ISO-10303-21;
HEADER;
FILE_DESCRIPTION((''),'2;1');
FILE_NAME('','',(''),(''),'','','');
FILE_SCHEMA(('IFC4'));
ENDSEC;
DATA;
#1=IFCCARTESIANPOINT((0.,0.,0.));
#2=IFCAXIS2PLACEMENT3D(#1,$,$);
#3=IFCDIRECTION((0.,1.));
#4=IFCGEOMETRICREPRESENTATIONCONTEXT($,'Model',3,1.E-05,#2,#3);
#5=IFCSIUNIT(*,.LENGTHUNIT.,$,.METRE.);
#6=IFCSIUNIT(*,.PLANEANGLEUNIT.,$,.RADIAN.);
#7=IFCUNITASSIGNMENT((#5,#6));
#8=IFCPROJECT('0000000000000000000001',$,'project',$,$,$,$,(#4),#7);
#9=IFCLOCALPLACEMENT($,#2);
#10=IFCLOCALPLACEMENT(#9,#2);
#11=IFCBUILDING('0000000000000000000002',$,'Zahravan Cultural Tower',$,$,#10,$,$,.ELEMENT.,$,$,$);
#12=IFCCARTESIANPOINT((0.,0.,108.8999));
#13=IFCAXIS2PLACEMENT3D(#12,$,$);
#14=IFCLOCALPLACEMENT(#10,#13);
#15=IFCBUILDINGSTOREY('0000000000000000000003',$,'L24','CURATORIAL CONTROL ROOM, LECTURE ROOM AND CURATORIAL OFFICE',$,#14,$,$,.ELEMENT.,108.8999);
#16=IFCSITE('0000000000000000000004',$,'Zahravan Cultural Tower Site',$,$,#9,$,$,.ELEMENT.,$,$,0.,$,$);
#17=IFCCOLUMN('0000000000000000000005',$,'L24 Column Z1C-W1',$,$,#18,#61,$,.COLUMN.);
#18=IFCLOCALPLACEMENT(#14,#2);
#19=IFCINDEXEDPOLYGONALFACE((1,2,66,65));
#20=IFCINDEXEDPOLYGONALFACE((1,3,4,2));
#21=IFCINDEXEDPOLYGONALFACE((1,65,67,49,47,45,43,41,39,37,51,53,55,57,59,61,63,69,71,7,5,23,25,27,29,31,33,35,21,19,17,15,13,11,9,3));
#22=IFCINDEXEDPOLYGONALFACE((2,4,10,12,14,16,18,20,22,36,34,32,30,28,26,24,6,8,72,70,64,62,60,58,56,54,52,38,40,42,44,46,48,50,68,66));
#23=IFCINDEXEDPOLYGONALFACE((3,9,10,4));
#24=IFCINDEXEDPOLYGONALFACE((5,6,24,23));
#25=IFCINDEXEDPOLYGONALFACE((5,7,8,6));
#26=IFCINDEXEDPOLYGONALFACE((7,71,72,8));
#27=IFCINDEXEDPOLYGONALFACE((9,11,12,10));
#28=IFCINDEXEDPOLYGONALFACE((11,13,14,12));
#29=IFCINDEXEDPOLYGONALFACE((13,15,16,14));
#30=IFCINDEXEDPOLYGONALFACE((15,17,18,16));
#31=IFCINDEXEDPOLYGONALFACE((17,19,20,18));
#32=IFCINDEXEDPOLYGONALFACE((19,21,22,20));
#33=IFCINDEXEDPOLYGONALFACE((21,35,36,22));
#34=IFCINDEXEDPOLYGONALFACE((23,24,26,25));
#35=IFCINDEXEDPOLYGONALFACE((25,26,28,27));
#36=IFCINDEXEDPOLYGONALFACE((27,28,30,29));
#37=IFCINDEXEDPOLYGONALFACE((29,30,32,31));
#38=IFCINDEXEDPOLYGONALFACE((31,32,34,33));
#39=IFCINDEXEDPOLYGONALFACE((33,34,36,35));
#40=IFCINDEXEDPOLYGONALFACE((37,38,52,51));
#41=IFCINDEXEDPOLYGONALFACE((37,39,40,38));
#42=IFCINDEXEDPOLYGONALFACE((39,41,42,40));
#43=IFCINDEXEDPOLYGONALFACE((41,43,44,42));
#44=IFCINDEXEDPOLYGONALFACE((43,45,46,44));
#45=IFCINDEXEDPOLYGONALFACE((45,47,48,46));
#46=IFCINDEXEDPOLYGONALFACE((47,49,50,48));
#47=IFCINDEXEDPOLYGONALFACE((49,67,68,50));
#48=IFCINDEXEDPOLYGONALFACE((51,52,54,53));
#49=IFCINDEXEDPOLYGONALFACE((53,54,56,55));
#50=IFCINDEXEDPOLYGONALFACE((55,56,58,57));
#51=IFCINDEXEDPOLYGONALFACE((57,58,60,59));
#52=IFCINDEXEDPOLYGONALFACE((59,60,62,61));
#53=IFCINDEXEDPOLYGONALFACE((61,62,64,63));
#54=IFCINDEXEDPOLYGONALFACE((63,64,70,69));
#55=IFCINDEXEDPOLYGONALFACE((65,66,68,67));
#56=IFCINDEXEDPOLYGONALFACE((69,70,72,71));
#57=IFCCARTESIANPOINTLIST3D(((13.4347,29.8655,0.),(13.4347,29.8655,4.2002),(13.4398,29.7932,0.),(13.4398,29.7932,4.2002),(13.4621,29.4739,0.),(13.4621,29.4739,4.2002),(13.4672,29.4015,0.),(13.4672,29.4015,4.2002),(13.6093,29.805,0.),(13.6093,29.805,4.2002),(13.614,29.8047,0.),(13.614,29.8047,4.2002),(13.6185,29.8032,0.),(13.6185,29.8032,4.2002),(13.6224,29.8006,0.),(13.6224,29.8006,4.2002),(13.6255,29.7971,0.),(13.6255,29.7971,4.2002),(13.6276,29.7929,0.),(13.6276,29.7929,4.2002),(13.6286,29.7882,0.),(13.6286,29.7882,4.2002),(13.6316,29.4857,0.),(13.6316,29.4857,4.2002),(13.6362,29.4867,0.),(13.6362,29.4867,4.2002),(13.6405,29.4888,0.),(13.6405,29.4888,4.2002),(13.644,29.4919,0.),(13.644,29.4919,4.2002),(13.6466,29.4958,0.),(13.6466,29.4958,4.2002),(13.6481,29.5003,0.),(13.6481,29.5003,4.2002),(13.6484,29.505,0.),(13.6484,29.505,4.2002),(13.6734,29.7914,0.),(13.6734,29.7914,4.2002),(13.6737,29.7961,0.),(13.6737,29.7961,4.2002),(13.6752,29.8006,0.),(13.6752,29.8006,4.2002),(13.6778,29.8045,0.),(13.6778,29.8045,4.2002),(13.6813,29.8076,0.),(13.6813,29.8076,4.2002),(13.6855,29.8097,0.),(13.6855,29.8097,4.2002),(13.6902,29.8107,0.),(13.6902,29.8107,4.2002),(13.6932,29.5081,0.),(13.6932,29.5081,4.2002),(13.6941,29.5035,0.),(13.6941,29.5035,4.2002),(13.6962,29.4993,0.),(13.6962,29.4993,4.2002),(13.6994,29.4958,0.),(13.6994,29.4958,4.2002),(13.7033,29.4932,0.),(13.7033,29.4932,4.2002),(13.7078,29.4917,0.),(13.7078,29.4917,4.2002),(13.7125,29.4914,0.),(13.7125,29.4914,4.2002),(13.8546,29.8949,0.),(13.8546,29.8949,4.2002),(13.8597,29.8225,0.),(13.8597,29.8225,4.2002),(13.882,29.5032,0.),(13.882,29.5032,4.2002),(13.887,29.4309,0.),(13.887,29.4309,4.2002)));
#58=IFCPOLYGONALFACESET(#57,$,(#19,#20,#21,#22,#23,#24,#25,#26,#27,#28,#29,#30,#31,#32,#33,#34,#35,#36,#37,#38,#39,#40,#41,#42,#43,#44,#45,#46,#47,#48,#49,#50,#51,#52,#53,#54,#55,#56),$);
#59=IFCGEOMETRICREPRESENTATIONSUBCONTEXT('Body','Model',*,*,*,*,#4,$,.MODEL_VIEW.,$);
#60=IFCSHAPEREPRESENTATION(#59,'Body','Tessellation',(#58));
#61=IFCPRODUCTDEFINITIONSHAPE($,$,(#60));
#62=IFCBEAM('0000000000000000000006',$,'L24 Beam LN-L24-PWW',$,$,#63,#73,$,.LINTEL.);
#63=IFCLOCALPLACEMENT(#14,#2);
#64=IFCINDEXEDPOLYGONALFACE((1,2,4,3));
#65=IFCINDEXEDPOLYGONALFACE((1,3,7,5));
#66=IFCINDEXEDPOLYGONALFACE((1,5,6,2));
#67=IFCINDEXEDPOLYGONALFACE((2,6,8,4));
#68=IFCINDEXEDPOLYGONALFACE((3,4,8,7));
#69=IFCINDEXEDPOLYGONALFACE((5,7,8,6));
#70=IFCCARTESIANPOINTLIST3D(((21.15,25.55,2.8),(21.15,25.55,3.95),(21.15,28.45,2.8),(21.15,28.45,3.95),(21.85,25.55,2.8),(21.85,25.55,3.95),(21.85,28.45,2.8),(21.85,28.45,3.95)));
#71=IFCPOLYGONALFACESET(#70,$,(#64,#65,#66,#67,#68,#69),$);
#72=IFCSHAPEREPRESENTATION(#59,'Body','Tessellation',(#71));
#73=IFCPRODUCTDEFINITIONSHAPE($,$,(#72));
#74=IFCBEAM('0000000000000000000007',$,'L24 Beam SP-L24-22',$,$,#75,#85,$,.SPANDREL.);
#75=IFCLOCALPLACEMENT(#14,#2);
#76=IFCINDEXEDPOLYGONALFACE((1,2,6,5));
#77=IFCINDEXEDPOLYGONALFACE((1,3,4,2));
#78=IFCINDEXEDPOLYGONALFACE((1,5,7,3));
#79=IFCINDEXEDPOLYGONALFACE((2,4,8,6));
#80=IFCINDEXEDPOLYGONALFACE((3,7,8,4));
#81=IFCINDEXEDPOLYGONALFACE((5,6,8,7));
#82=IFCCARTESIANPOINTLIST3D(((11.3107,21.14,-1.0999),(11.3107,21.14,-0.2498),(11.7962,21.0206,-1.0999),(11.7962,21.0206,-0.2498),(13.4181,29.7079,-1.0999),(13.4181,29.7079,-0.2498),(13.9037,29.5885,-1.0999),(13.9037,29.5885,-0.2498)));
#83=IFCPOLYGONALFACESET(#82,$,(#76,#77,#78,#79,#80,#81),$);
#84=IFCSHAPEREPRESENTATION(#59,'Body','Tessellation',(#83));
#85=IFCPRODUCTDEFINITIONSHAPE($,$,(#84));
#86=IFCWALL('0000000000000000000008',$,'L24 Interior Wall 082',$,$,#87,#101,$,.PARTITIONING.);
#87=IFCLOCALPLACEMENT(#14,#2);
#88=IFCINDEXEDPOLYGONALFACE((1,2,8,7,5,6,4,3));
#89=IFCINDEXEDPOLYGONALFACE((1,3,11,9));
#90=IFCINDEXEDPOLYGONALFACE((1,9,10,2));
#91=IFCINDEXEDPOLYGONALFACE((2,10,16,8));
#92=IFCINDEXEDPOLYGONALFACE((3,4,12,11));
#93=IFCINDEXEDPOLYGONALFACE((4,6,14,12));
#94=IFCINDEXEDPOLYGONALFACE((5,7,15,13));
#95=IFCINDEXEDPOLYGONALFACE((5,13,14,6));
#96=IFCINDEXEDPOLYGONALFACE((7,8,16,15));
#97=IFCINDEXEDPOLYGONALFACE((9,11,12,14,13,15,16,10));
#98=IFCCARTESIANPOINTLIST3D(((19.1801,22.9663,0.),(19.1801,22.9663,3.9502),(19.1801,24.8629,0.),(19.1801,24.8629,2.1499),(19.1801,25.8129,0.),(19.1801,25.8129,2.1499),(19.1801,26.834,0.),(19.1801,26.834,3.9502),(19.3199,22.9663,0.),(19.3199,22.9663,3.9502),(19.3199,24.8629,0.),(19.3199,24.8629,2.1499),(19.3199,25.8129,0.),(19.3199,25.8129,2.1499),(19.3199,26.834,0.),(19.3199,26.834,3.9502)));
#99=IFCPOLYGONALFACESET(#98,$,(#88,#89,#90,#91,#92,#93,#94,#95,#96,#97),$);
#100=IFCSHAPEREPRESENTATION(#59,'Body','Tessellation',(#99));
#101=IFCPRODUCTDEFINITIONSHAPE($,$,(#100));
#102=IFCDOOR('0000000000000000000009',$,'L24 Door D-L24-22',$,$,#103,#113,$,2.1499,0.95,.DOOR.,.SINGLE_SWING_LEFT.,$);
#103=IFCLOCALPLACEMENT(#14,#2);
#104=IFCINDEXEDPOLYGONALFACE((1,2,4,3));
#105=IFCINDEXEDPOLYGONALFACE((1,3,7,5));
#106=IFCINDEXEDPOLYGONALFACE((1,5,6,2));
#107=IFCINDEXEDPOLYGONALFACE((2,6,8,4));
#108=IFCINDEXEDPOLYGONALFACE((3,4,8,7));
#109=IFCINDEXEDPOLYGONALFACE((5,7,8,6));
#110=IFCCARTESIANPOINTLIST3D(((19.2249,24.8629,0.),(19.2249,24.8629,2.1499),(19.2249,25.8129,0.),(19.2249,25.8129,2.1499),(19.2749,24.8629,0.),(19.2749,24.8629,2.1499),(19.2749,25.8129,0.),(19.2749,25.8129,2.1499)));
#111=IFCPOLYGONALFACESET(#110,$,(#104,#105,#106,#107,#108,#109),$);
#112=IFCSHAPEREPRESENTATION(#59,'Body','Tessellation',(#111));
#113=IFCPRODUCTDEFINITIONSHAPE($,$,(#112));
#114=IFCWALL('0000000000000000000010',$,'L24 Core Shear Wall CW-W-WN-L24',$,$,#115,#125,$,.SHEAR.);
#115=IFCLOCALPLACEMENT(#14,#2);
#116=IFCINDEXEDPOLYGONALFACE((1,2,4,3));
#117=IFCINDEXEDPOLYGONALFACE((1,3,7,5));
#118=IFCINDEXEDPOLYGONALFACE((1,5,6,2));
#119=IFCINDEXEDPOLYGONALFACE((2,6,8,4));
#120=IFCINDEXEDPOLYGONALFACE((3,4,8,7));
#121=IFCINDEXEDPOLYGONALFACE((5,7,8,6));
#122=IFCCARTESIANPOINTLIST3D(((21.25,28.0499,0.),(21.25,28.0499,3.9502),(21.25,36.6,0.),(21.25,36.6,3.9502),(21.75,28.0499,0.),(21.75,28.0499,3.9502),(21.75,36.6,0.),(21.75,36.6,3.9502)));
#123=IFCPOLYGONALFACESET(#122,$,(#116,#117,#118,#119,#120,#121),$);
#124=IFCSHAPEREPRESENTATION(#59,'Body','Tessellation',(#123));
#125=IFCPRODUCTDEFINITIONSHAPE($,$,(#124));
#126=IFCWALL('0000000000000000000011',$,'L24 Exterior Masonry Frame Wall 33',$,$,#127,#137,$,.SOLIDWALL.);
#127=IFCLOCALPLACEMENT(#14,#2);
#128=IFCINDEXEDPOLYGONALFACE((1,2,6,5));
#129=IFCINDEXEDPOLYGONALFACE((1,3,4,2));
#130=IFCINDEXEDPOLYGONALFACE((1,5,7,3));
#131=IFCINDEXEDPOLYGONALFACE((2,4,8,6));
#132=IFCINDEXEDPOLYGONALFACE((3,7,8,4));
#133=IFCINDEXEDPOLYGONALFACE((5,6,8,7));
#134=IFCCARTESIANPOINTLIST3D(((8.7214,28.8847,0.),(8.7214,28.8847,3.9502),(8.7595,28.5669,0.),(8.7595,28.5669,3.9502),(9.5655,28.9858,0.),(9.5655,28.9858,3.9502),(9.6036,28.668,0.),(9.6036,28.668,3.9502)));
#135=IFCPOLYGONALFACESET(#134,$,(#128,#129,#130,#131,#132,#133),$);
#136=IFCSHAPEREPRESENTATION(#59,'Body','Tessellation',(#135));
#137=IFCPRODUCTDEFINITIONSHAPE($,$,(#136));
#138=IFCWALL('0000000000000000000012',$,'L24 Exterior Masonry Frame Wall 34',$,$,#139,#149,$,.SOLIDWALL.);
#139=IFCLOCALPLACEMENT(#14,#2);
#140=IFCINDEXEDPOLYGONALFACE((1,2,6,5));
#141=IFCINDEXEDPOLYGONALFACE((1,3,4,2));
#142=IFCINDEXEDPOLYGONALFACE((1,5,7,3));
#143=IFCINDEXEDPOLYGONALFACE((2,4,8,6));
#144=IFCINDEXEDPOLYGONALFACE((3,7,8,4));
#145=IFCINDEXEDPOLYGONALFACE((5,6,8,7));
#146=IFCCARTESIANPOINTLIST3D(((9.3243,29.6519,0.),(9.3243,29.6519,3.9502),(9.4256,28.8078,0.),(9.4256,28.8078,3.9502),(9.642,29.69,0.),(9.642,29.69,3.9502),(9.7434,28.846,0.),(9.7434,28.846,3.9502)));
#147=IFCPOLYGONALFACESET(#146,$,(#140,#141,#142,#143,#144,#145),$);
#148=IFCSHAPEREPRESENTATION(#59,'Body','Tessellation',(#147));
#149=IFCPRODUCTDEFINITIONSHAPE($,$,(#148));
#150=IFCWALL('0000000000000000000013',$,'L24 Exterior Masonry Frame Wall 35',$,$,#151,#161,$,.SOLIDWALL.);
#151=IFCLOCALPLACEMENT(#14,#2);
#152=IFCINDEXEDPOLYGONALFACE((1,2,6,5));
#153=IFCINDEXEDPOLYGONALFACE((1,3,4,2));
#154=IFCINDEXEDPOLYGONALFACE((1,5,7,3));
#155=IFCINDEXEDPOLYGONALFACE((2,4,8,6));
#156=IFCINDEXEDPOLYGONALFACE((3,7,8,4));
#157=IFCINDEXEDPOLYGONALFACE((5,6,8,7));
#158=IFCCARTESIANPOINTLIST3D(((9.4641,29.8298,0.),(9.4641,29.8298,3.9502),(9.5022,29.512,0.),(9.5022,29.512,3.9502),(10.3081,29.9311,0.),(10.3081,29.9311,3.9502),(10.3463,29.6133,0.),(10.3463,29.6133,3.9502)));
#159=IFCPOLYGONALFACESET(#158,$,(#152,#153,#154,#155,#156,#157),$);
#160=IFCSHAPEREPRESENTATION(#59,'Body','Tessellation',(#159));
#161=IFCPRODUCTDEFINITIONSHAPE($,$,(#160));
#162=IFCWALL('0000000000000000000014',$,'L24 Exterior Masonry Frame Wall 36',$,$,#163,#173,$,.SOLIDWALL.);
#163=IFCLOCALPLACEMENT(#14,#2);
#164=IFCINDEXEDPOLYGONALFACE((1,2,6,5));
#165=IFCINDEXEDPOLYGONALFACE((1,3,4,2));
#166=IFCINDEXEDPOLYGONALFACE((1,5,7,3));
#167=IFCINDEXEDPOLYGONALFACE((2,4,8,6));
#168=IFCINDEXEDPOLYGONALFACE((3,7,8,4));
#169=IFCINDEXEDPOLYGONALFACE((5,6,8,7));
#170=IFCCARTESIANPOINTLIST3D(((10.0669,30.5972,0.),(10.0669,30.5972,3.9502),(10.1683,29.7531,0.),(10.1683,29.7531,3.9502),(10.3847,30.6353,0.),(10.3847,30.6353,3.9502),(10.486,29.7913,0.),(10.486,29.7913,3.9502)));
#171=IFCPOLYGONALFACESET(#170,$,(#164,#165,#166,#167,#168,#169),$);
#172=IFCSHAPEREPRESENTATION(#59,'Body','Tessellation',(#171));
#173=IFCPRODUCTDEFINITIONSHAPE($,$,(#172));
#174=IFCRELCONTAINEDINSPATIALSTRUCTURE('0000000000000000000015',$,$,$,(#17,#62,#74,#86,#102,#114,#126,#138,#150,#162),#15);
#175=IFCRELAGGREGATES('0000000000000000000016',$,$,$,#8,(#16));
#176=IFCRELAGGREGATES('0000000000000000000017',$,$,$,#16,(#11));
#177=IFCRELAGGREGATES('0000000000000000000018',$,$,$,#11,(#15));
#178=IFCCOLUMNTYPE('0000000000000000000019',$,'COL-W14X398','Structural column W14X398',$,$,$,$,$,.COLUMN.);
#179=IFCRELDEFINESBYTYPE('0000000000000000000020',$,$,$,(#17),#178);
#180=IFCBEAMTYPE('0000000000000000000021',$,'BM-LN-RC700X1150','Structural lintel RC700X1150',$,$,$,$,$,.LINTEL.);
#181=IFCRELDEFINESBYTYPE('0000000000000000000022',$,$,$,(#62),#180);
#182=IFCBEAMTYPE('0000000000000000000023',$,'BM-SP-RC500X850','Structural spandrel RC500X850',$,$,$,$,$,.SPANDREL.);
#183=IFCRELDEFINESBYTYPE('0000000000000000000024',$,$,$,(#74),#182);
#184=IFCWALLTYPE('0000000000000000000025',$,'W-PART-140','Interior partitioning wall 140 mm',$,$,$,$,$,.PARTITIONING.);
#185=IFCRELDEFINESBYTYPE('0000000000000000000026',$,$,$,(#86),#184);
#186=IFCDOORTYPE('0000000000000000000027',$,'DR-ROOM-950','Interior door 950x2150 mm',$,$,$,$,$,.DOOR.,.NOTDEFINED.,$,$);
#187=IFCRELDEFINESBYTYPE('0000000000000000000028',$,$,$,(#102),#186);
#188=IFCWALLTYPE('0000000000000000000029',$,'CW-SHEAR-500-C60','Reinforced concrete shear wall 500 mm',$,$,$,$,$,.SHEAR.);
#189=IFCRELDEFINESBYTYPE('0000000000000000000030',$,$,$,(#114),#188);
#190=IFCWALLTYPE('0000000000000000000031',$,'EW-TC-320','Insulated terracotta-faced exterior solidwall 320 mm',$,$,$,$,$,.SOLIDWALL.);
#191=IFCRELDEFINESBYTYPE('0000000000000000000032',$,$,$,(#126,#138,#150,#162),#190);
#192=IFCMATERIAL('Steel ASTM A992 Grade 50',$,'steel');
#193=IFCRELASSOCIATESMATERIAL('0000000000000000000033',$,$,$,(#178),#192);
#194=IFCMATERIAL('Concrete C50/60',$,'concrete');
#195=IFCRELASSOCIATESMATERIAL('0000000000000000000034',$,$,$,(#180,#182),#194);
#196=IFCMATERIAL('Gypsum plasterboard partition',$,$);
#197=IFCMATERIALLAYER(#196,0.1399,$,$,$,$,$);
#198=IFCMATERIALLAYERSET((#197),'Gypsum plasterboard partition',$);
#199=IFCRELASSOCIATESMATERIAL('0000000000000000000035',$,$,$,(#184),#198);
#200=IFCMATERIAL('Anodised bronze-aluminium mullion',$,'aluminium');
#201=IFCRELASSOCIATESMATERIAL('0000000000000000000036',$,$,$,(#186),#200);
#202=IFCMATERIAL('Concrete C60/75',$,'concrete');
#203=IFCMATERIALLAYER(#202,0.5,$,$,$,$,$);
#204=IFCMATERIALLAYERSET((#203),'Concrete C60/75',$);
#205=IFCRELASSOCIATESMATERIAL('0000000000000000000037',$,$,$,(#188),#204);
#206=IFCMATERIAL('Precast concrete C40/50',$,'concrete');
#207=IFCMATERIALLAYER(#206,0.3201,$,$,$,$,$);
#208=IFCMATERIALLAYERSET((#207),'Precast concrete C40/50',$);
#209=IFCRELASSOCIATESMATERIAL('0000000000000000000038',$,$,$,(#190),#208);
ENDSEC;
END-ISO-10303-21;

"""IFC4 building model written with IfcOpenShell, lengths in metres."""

from ifc_helpers import new_model, si_unit, direction, frame, frame_2d, origin, origin_2d, place, context, subcontext, project, spatial, rectangle, i_section, extrude, source, transform, mapped, material, layer, layer_set, material_profile, profile_set, type_object, element, fill, save


model = new_model("IFC4")

# Units and contexts
model_context = context("Model", 3, precision=1e-05, world=origin(), true_north=direction((0.0, 1.0)))
body_context = subcontext(model_context, "Body", "Model", "MODEL_VIEW")
ifc_project = project(units=[si_unit("LENGTHUNIT", "METRE"), si_unit("PLANEANGLEUNIT", "RADIAN")], contexts=[model_context])

# Site, building, storey
site_placement = place(None, origin())
site = spatial("IfcSite", under=ifc_project, at=site_placement, Name="Zahravan Cultural Tower Site", CompositionType="ELEMENT", RefElevation=0.0)
building_placement = place(site_placement, origin())
building = spatial("IfcBuilding", under=site, at=building_placement, Name="Zahravan Cultural Tower", CompositionType="ELEMENT")
storey_placement = place(building_placement, frame((0.0, 0.0, 108.8999)))
storey = spatial("IfcBuildingStorey", under=building, at=storey_placement, Name="L24", Description="CURATORIAL CONTROL ROOM, LECTURE ROOM AND CURATORIAL OFFICE", CompositionType="ELEMENT", Elevation=108.8999)

# Column
ifc_material_1 = material(Name="Steel ASTM A992 Grade 50", Category="steel")
ifc_material_profile_1 = material_profile(ifc_material_1, i_section(OverallWidth=0.4209, OverallDepth=0.4651, WebThickness=0.0449, FlangeThickness=0.0725, FilletRadius=0.0181, at=origin_2d()), Name="W14X398")
ifc_profile_set_1 = profile_set([ifc_material_profile_1], Name="Steel ASTM A992 Grade 50")
column_type = type_object("IfcColumnType", Name="COL-W14X398", Description="Structural column W14X398", PredefinedType="COLUMN", material=ifc_profile_set_1)
shared_shape_1 = source(origin(), body_context, "Body", "SweptSolid", [
    extrude(i_section(OverallWidth=0.4209, OverallDepth=0.4651, WebThickness=0.0449, FlangeThickness=0.0725, FilletRadius=0.0181, at=origin_2d()), origin(), (0.0, 0.0, 1.0), 4.2002),
])
column_placement = place(storey_placement, frame((13.6609, 29.6482, 0.0), z_axis=(0.0, 0.0, 1.0), x_axis=(0.997564, 0.069756, 0.0)))
element("IfcColumn", 1, at=column_placement, inside=storey, type_object=column_type, Name="L24 Column Z1C-W1", PredefinedType="COLUMN", context=body_context, shape_type="MappedRepresentation", body=[
    mapped(shared_shape_1, transform((0.0, 0.0, 0.0), x_axis=(1.0, 0.0, 0.0), y_axis=(0.0, 1.0, 0.0), z_axis=(0.0, 0.0, 1.0), scale=1.0)),
])

# Beams
ifc_material_2 = material(Name="Concrete C50/60", Category="concrete")
ifc_material_profile_2 = material_profile(ifc_material_2, rectangle(XDim=0.7, YDim=1.1499, at=origin_2d()), Name="RC700X1150")
ifc_profile_set_2 = profile_set([ifc_material_profile_2], Name="Concrete C50/60")
beam_type_1 = type_object("IfcBeamType", Name="BM-LN-RC700X1150", Description="Structural lintel RC700X1150", PredefinedType="LINTEL", material=ifc_profile_set_2)
shared_shape_2 = source(origin(), body_context, "Body", "SweptSolid", [
    extrude(rectangle(XDim=0.7, YDim=1.1499, at=origin_2d()), origin(), (0.0, 0.0, 1.0), 2.8999),
])
beam_1_placement = place(storey_placement, frame((21.5, 25.55, 3.375), z_axis=(0.0, 1.0, 0.0), x_axis=(-1.0, 0.0, 0.0)))
element("IfcBeam", 2, at=beam_1_placement, inside=storey, type_object=beam_type_1, Name="L24 Beam LN-L24-PWW", PredefinedType="LINTEL", context=body_context, shape_type="MappedRepresentation", body=[
    mapped(shared_shape_2, transform((0.0, 0.0, 0.0), x_axis=(1.0, 0.0, 0.0), y_axis=(0.0, 1.0, 0.0), z_axis=(0.0, 0.0, 1.0), scale=1.0)),
])
ifc_material_profile_3 = material_profile(ifc_material_2, rectangle(XDim=0.5, YDim=0.8501, at=origin_2d()), Name="RC500X850")
ifc_profile_set_3 = profile_set([ifc_material_profile_3], Name="Concrete C50/60")
beam_type_2 = type_object("IfcBeamType", Name="BM-SP-RC500X850", Description="Structural spandrel RC500X850", PredefinedType="SPANDREL", material=ifc_profile_set_3)
shared_shape_3 = source(origin(), body_context, "Body", "SweptSolid", [
    extrude(rectangle(XDim=0.5, YDim=0.8501, at=origin_2d()), origin(), (0.0, 0.0, 1.0), 8.8232),
])
beam_2_placement = place(storey_placement, frame((13.6609, 29.6482, -0.6748), z_axis=(-0.238849, -0.971057, 0.0), x_axis=(0.971057, -0.238849, 0.0)))
element("IfcBeam", 3, at=beam_2_placement, inside=storey, type_object=beam_type_2, Name="L24 Beam SP-L24-22", PredefinedType="SPANDREL", context=body_context, shape_type="MappedRepresentation", body=[
    mapped(shared_shape_3, transform((0.0, 0.0, 0.0), x_axis=(1.0, 0.0, 0.0), y_axis=(0.0, 1.0, 0.0), z_axis=(0.0, 0.0, 1.0), scale=1.0)),
])

# Wall, opening, door
ifc_material_3 = material(Name="Gypsum plasterboard partition")
ifc_layer_1 = layer(ifc_material_3, 0.1399)
ifc_layer_set_1 = layer_set([ifc_layer_1], Name="Gypsum plasterboard partition")
wall_type_1 = type_object("IfcWallType", Name="W-PART-140", Description="Interior partitioning wall 140 mm", PredefinedType="PARTITIONING", material=ifc_layer_set_1)
wall_1_placement = place(storey_placement, frame((19.25, 26.834, 0.0), z_axis=(0.0, 0.0, 1.0), x_axis=(0.0, -1.0, 0.0)))
wall_1 = element("IfcWall", 4, at=wall_1_placement, inside=storey, type_object=wall_type_1, Name="L24 Interior Wall 082", PredefinedType="PARTITIONING", context=body_context, shape_type="SweptSolid", body=[
    extrude(rectangle(XDim=3.8677, YDim=0.1399, at=frame_2d((1.9338, 0.0))), origin(), (0.0, 0.0, 1.0), 3.9502),
])
opening_placement = place(wall_1_placement, frame((1.021, 0.0, 0.0)))
opening = element("IfcOpeningElement", 5, at=opening_placement, cuts=wall_1, PredefinedType="OPENING", context=body_context, shape_type="SweptSolid", body=[
    extrude(rectangle(XDim=0.95, YDim=2.1499, at=frame_2d((0.4751, 1.075))), frame((0.0, 0.0798, 0.0), z_axis=(0.0, -1.0, 0.0), x_axis=(1.0, 0.0, 0.0)), (0.0, 0.0, 1.0), 0.1599),
])
ifc_material_4 = material(Name="Anodised bronze-aluminium mullion", Category="aluminium")
door_type = type_object("IfcDoorType", Name="DR-ROOM-950", Description="Interior door 950x2150 mm", OperationType="NOTDEFINED", PredefinedType="DOOR", material=ifc_material_4)
shared_shape_4 = source(origin(), body_context, "Body", "SweptSolid", [
    extrude(rectangle(XDim=0.95, YDim=2.1499, at=frame_2d((0.4751, 1.075))), frame((0.0, 0.0249, 0.0), z_axis=(0.0, -1.0, 0.0), x_axis=(1.0, 0.0, 0.0)), (0.0, 0.0, 1.0), 0.05),
])
door_placement = place(opening_placement, origin())
door = element("IfcDoor", 6, at=door_placement, inside=storey, type_object=door_type, Name="L24 Door D-L24-22", OperationType="SINGLE_SWING_LEFT", OverallHeight=2.1499, OverallWidth=0.95, PredefinedType="DOOR", context=body_context, shape_type="MappedRepresentation", body=[
    mapped(shared_shape_4, transform((0.0, 0.0, 0.0), x_axis=(1.0, 0.0, 0.0), y_axis=(0.0, 1.0, 0.0), z_axis=(0.0, 0.0, 1.0), scale=1.0)),
])
fill(opening, door)

# Walls
ifc_material_5 = material(Name="Concrete C60/75", Category="concrete")
ifc_layer_2 = layer(ifc_material_5, 0.5)
ifc_layer_set_2 = layer_set([ifc_layer_2], Name="Concrete C60/75")
wall_type_2 = type_object("IfcWallType", Name="CW-SHEAR-500-C60", Description="Reinforced concrete shear wall 500 mm", PredefinedType="SHEAR", material=ifc_layer_set_2)
shared_shape_5 = source(origin(), body_context, "Body", "SweptSolid", [
    extrude(rectangle(XDim=8.55, YDim=0.5, at=frame_2d((4.2749, 0.0))), origin(), (0.0, 0.0, 1.0), 3.9502),
])
wall_2_placement = place(storey_placement, frame((21.5, 28.05, 0.0), z_axis=(0.0, 0.0, 1.0), x_axis=(0.0, 1.0, 0.0)))
element("IfcWall", 7, at=wall_2_placement, inside=storey, type_object=wall_type_2, Name="L24 Core Shear Wall CW-W-WN-L24", PredefinedType="SHEAR", context=body_context, shape_type="MappedRepresentation", body=[
    mapped(shared_shape_5, transform((0.0, 0.0, 0.0), x_axis=(1.0, 0.0, 0.0), y_axis=(0.0, 1.0, 0.0), z_axis=(0.0, 0.0, 1.0), scale=1.0)),
])
ifc_material_6 = material(Name="Precast concrete C40/50", Category="concrete")
ifc_layer_3 = layer(ifc_material_6, 0.3201)
ifc_layer_set_3 = layer_set([ifc_layer_3], Name="Precast concrete C40/50")
wall_type_3 = type_object("IfcWallType", Name="EW-TC-320", Description="Insulated terracotta-faced exterior solidwall 320 mm", PredefinedType="SOLIDWALL", material=ifc_layer_set_3)
shared_shape_6 = source(origin(), body_context, "Body", "SweptSolid", [
    extrude(rectangle(XDim=0.8501, YDim=0.3201, at=frame_2d((0.425, 0.0))), origin(), (0.0, 0.0, 1.0), 3.9502),
])
for number, where, z_axis, x_axis, name in (
    (8, (8.7405, 28.7258, 0.0), (0.0, 0.0, 1.0), (0.992905, 0.118907, 0.0), "L24 Exterior Masonry Frame Wall 33"),
    (9, (9.5845, 28.8269, 0.0), (0.0, 0.0, 1.0), (-0.119191, 0.992871, 0.0), "L24 Exterior Masonry Frame Wall 34"),
    (10, (9.4832, 29.6709, 0.0), (0.0, 0.0, 1.0), (0.992871, 0.119191, 0.0), "L24 Exterior Masonry Frame Wall 35"),
    (11, (10.3271, 29.7722, 0.0), (0.0, 0.0, 1.0), (-0.119191, 0.992871, 0.0), "L24 Exterior Masonry Frame Wall 36"),
):
    element("IfcWall", number, at=place(storey_placement, frame(where, z_axis=z_axis, x_axis=x_axis)), inside=storey, type_object=wall_type_3, Name=name, PredefinedType="SOLIDWALL", context=body_context, shape_type="MappedRepresentation", body=[
        mapped(shared_shape_6, transform((0.0, 0.0, 0.0), x_axis=(1.0, 0.0, 0.0), y_axis=(0.0, 1.0, 0.0), z_axis=(0.0, 0.0, 1.0), scale=1.0)),
    ])

save(model, "model.ifc")
